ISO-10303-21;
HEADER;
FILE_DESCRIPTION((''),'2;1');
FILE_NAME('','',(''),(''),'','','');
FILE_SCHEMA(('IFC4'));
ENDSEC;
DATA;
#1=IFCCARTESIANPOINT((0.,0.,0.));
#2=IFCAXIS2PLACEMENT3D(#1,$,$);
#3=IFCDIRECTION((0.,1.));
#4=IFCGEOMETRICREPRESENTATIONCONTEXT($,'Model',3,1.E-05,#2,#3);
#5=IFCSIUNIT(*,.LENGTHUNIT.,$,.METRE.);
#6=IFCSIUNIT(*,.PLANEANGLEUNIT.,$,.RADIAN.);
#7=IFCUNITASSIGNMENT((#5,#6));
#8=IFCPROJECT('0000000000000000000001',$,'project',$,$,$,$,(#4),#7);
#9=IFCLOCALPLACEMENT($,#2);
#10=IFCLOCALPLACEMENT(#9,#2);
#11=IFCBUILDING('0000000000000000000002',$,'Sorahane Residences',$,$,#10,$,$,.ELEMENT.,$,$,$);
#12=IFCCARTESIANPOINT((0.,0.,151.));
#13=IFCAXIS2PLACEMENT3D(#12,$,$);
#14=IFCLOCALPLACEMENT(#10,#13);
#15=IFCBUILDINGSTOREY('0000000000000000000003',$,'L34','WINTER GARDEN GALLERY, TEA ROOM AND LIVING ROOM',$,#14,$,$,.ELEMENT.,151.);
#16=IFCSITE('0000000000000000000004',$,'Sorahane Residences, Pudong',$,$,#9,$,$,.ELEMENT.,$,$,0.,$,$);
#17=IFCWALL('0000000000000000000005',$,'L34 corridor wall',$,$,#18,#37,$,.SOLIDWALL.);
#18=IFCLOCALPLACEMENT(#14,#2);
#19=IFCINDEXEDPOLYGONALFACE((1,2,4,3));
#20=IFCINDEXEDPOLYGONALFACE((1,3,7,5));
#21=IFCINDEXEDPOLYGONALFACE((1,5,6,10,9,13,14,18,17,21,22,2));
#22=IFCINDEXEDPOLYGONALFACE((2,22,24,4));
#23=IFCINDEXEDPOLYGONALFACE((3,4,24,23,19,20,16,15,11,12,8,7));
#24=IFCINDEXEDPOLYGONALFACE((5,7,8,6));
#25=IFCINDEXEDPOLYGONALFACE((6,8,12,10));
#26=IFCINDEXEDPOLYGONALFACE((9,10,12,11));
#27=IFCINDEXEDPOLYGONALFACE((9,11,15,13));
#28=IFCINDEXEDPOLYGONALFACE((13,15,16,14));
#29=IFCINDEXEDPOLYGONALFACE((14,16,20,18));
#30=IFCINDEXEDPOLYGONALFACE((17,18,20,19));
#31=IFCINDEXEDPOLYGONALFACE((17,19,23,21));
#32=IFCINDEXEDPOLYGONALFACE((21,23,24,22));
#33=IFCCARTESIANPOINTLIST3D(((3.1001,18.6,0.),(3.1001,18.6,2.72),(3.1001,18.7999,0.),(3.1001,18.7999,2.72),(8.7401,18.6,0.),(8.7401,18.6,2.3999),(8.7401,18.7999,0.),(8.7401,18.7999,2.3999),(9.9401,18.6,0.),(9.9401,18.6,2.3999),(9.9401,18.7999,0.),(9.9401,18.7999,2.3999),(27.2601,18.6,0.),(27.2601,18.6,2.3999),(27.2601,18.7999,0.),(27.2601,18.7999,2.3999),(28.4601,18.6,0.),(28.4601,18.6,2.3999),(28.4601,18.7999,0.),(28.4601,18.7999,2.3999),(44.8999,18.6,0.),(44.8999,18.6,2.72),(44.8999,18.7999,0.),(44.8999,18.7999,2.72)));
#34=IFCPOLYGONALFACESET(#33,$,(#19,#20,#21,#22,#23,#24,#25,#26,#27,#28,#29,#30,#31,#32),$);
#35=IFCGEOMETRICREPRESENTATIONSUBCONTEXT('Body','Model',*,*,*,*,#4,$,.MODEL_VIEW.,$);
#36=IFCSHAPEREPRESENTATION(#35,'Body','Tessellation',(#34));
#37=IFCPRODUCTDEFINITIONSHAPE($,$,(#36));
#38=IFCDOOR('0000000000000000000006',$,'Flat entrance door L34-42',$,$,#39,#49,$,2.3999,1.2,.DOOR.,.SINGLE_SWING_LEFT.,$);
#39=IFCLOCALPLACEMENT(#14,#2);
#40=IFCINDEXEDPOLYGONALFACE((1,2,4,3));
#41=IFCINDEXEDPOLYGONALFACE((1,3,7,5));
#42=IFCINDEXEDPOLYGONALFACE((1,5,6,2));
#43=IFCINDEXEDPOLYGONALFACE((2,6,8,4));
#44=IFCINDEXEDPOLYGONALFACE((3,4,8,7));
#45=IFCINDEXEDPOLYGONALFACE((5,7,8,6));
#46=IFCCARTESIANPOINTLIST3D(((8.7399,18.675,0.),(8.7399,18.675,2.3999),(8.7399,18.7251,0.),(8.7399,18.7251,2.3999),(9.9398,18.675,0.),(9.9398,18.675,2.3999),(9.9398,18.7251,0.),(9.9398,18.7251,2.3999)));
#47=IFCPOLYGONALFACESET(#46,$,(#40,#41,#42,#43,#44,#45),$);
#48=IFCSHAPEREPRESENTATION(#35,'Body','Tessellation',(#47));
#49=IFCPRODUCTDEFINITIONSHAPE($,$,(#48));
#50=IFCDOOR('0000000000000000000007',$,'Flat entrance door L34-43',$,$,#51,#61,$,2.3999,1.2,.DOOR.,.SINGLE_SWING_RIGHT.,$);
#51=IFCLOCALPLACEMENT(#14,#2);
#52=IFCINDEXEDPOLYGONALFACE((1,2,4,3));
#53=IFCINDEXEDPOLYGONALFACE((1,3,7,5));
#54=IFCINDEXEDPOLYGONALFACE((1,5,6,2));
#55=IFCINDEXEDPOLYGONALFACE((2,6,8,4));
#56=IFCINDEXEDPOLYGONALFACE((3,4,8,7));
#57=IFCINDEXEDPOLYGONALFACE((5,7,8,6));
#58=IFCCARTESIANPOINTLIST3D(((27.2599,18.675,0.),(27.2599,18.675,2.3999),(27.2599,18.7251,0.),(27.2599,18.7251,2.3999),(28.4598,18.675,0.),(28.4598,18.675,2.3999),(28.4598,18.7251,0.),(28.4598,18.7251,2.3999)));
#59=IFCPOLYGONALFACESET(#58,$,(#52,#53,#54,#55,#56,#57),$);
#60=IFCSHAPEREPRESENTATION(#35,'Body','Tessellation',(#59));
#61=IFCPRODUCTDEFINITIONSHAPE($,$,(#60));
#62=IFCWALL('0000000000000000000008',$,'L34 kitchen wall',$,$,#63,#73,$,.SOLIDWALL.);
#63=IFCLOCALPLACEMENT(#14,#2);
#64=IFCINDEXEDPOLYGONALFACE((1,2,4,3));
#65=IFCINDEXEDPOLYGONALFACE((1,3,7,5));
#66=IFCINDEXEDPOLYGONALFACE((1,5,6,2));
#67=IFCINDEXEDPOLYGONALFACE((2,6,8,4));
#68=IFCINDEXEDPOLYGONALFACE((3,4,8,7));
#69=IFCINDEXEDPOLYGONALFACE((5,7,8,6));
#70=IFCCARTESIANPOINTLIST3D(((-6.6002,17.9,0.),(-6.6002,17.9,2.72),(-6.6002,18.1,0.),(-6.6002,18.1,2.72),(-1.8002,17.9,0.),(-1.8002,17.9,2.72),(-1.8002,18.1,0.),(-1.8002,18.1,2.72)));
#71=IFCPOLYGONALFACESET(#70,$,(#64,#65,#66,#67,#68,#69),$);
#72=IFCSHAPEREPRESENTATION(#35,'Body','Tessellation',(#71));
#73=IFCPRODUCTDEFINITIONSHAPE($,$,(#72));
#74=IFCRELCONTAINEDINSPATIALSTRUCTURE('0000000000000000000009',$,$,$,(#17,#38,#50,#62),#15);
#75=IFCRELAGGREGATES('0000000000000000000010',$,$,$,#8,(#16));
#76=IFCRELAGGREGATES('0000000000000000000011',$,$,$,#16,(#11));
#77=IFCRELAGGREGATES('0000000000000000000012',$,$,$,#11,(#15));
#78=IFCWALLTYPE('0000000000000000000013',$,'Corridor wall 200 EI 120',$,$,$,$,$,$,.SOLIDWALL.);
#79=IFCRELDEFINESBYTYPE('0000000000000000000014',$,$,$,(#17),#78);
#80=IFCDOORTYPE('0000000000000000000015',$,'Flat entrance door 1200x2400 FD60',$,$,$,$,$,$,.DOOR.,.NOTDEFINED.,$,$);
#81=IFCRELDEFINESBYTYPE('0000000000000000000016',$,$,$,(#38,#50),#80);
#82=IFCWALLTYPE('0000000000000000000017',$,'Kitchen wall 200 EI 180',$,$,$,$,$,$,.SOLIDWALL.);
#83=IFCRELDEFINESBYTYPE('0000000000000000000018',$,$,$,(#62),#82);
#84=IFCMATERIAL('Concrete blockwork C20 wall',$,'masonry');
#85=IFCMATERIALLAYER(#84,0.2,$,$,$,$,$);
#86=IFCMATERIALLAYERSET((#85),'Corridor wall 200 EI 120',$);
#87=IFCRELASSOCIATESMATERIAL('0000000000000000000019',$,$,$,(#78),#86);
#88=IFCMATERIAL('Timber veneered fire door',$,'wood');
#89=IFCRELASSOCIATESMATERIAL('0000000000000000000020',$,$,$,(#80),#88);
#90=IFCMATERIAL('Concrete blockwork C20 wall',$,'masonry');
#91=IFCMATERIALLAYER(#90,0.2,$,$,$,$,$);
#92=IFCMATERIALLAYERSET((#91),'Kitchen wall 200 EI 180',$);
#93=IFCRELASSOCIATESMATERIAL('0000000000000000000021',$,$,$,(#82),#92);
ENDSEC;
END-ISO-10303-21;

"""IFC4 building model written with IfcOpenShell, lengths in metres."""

from ifc_helpers import new_model, si_unit, direction, frame, frame_2d, origin, place, context, subcontext, project, spatial, rectangle, extrude, material, layer, layer_set, type_object, element, fill, save


model = new_model("IFC4")

# Units and contexts
model_context = context("Model", 3, precision=1e-05, world=origin(), true_north=direction((0.0, 1.0)))
body_context = subcontext(model_context, "Body", "Model", "MODEL_VIEW")
ifc_project = project(units=[si_unit("LENGTHUNIT", "METRE"), si_unit("PLANEANGLEUNIT", "RADIAN")], contexts=[model_context])

# Site, building, storey
site_placement = place(None, origin())
site = spatial("IfcSite", under=ifc_project, at=site_placement, Name="Sorahane Residences, Pudong", CompositionType="ELEMENT", RefElevation=0.0)
building_placement = place(site_placement, origin())
building = spatial("IfcBuilding", under=site, at=building_placement, Name="Sorahane Residences", CompositionType="ELEMENT")
storey_placement = place(building_placement, frame((0.0, 0.0, 151.0)))
storey = spatial("IfcBuildingStorey", under=building, at=storey_placement, Name="L34", Description="WINTER GARDEN GALLERY, TEA ROOM AND LIVING ROOM", CompositionType="ELEMENT", Elevation=151.0)

# Shared definitions
ifc_material_1 = material(Name="Concrete blockwork C20 wall", Category="masonry")
ifc_layer_1 = layer(ifc_material_1, 0.2)
ifc_layer_set_1 = layer_set([ifc_layer_1], Name="Corridor wall 200 EI 120")
wall_type_1 = type_object("IfcWallType", Name="Corridor wall 200 EI 120", PredefinedType="SOLIDWALL", material=ifc_layer_set_1)

# Wall, openings, doors
wall_1_placement = place(storey_placement, frame((3.1001, 18.7, 0.0), z_axis=(0.0, 0.0, 1.0), x_axis=(1.0, 0.0, 0.0)))
wall_1 = element("IfcWall", 1, at=wall_1_placement, inside=storey, type_object=wall_type_1, Name="L34 corridor wall", PredefinedType="SOLIDWALL", context=body_context, shape_type="SweptSolid", body=[
    extrude(rectangle(XDim=41.7998, YDim=0.2, at=frame_2d((20.8999, 0.0))), origin(), (0.0, 0.0, 1.0), 2.72),
])
opening_1_placement = place(wall_1_placement, frame((5.6399, 0.0, 0.0)))
opening_1 = element("IfcOpeningElement", 2, at=opening_1_placement, cuts=wall_1, PredefinedType="OPENING", context=body_context, shape_type="SweptSolid", body=[
    extrude(rectangle(XDim=1.2, YDim=2.3999, at=frame_2d((0.6001, 1.2))), frame((0.0, 0.1099, 0.0), z_axis=(0.0, -1.0, 0.0), x_axis=(1.0, 0.0, 0.0)), (0.0, 0.0, 1.0), 0.22),
])
opening_2_placement = place(wall_1_placement, frame((24.1599, 0.0, 0.0)))
opening_2 = element("IfcOpeningElement", 3, at=opening_2_placement, cuts=wall_1, PredefinedType="OPENING", context=body_context, shape_type="SweptSolid", body=[
    extrude(rectangle(XDim=1.2, YDim=2.3999, at=frame_2d((0.6001, 1.2))), frame((0.0, 0.1099, 0.0), z_axis=(0.0, -1.0, 0.0), x_axis=(1.0, 0.0, 0.0)), (0.0, 0.0, 1.0), 0.22),
])
ifc_material_2 = material(Name="Timber veneered fire door", Category="wood")
door_type_1 = type_object("IfcDoorType", Name="Flat entrance door 1200x2400 FD60", OperationType="NOTDEFINED", PredefinedType="DOOR", material=ifc_material_2)
door_1_placement = place(opening_1_placement, frame((1.2, 0.0, 0.0), z_axis=(0.0, 0.0, 1.0), x_axis=(-1.0, 0.0, 0.0)))
door_1 = element("IfcDoor", 4, at=door_1_placement, inside=storey, type_object=door_type_1, Name="Flat entrance door L34-42", OperationType="SINGLE_SWING_LEFT", OverallHeight=2.3999, OverallWidth=1.2, PredefinedType="DOOR", context=body_context, shape_type="SweptSolid", body=[
    extrude(rectangle(XDim=1.2, YDim=2.3999, at=frame_2d((0.6001, 1.2))), frame((0.0, 0.0249, 0.0), z_axis=(0.0, -1.0, 0.0), x_axis=(1.0, 0.0, 0.0)), (0.0, 0.0, 1.0), 0.05),
])
fill(opening_1, door_1)
door_2_placement = place(opening_2_placement, frame((1.2, 0.0, 0.0), z_axis=(0.0, 0.0, 1.0), x_axis=(-1.0, 0.0, 0.0)))
door_2 = element("IfcDoor", 5, at=door_2_placement, inside=storey, type_object=door_type_1, Name="Flat entrance door L34-43", OperationType="SINGLE_SWING_RIGHT", OverallHeight=2.3999, OverallWidth=1.2, PredefinedType="DOOR", context=body_context, shape_type="SweptSolid", body=[
    extrude(rectangle(XDim=1.2, YDim=2.3999, at=frame_2d((0.6001, 1.2))), frame((0.0, 0.0249, 0.0), z_axis=(0.0, -1.0, 0.0), x_axis=(1.0, 0.0, 0.0)), (0.0, 0.0, 1.0), 0.05),
])
fill(opening_2, door_2)

# Wall
ifc_material_3 = material(Name="Concrete blockwork C20 wall", Category="masonry")
ifc_layer_2 = layer(ifc_material_3, 0.2)
ifc_layer_set_2 = layer_set([ifc_layer_2], Name="Kitchen wall 200 EI 180")
wall_type_2 = type_object("IfcWallType", Name="Kitchen wall 200 EI 180", PredefinedType="SOLIDWALL", material=ifc_layer_set_2)
wall_2_placement = place(storey_placement, frame((-6.6001, 18.0, 0.0), z_axis=(0.0, 0.0, 1.0), x_axis=(1.0, 0.0, 0.0)))
element("IfcWall", 6, at=wall_2_placement, inside=storey, type_object=wall_type_2, Name="L34 kitchen wall", PredefinedType="SOLIDWALL", context=body_context, shape_type="SweptSolid", body=[
    extrude(rectangle(XDim=4.8, YDim=0.2, at=frame_2d((2.3999, 0.0))), origin(), (0.0, 0.0, 1.0), 2.72),
])

save(model, "model.ifc")
